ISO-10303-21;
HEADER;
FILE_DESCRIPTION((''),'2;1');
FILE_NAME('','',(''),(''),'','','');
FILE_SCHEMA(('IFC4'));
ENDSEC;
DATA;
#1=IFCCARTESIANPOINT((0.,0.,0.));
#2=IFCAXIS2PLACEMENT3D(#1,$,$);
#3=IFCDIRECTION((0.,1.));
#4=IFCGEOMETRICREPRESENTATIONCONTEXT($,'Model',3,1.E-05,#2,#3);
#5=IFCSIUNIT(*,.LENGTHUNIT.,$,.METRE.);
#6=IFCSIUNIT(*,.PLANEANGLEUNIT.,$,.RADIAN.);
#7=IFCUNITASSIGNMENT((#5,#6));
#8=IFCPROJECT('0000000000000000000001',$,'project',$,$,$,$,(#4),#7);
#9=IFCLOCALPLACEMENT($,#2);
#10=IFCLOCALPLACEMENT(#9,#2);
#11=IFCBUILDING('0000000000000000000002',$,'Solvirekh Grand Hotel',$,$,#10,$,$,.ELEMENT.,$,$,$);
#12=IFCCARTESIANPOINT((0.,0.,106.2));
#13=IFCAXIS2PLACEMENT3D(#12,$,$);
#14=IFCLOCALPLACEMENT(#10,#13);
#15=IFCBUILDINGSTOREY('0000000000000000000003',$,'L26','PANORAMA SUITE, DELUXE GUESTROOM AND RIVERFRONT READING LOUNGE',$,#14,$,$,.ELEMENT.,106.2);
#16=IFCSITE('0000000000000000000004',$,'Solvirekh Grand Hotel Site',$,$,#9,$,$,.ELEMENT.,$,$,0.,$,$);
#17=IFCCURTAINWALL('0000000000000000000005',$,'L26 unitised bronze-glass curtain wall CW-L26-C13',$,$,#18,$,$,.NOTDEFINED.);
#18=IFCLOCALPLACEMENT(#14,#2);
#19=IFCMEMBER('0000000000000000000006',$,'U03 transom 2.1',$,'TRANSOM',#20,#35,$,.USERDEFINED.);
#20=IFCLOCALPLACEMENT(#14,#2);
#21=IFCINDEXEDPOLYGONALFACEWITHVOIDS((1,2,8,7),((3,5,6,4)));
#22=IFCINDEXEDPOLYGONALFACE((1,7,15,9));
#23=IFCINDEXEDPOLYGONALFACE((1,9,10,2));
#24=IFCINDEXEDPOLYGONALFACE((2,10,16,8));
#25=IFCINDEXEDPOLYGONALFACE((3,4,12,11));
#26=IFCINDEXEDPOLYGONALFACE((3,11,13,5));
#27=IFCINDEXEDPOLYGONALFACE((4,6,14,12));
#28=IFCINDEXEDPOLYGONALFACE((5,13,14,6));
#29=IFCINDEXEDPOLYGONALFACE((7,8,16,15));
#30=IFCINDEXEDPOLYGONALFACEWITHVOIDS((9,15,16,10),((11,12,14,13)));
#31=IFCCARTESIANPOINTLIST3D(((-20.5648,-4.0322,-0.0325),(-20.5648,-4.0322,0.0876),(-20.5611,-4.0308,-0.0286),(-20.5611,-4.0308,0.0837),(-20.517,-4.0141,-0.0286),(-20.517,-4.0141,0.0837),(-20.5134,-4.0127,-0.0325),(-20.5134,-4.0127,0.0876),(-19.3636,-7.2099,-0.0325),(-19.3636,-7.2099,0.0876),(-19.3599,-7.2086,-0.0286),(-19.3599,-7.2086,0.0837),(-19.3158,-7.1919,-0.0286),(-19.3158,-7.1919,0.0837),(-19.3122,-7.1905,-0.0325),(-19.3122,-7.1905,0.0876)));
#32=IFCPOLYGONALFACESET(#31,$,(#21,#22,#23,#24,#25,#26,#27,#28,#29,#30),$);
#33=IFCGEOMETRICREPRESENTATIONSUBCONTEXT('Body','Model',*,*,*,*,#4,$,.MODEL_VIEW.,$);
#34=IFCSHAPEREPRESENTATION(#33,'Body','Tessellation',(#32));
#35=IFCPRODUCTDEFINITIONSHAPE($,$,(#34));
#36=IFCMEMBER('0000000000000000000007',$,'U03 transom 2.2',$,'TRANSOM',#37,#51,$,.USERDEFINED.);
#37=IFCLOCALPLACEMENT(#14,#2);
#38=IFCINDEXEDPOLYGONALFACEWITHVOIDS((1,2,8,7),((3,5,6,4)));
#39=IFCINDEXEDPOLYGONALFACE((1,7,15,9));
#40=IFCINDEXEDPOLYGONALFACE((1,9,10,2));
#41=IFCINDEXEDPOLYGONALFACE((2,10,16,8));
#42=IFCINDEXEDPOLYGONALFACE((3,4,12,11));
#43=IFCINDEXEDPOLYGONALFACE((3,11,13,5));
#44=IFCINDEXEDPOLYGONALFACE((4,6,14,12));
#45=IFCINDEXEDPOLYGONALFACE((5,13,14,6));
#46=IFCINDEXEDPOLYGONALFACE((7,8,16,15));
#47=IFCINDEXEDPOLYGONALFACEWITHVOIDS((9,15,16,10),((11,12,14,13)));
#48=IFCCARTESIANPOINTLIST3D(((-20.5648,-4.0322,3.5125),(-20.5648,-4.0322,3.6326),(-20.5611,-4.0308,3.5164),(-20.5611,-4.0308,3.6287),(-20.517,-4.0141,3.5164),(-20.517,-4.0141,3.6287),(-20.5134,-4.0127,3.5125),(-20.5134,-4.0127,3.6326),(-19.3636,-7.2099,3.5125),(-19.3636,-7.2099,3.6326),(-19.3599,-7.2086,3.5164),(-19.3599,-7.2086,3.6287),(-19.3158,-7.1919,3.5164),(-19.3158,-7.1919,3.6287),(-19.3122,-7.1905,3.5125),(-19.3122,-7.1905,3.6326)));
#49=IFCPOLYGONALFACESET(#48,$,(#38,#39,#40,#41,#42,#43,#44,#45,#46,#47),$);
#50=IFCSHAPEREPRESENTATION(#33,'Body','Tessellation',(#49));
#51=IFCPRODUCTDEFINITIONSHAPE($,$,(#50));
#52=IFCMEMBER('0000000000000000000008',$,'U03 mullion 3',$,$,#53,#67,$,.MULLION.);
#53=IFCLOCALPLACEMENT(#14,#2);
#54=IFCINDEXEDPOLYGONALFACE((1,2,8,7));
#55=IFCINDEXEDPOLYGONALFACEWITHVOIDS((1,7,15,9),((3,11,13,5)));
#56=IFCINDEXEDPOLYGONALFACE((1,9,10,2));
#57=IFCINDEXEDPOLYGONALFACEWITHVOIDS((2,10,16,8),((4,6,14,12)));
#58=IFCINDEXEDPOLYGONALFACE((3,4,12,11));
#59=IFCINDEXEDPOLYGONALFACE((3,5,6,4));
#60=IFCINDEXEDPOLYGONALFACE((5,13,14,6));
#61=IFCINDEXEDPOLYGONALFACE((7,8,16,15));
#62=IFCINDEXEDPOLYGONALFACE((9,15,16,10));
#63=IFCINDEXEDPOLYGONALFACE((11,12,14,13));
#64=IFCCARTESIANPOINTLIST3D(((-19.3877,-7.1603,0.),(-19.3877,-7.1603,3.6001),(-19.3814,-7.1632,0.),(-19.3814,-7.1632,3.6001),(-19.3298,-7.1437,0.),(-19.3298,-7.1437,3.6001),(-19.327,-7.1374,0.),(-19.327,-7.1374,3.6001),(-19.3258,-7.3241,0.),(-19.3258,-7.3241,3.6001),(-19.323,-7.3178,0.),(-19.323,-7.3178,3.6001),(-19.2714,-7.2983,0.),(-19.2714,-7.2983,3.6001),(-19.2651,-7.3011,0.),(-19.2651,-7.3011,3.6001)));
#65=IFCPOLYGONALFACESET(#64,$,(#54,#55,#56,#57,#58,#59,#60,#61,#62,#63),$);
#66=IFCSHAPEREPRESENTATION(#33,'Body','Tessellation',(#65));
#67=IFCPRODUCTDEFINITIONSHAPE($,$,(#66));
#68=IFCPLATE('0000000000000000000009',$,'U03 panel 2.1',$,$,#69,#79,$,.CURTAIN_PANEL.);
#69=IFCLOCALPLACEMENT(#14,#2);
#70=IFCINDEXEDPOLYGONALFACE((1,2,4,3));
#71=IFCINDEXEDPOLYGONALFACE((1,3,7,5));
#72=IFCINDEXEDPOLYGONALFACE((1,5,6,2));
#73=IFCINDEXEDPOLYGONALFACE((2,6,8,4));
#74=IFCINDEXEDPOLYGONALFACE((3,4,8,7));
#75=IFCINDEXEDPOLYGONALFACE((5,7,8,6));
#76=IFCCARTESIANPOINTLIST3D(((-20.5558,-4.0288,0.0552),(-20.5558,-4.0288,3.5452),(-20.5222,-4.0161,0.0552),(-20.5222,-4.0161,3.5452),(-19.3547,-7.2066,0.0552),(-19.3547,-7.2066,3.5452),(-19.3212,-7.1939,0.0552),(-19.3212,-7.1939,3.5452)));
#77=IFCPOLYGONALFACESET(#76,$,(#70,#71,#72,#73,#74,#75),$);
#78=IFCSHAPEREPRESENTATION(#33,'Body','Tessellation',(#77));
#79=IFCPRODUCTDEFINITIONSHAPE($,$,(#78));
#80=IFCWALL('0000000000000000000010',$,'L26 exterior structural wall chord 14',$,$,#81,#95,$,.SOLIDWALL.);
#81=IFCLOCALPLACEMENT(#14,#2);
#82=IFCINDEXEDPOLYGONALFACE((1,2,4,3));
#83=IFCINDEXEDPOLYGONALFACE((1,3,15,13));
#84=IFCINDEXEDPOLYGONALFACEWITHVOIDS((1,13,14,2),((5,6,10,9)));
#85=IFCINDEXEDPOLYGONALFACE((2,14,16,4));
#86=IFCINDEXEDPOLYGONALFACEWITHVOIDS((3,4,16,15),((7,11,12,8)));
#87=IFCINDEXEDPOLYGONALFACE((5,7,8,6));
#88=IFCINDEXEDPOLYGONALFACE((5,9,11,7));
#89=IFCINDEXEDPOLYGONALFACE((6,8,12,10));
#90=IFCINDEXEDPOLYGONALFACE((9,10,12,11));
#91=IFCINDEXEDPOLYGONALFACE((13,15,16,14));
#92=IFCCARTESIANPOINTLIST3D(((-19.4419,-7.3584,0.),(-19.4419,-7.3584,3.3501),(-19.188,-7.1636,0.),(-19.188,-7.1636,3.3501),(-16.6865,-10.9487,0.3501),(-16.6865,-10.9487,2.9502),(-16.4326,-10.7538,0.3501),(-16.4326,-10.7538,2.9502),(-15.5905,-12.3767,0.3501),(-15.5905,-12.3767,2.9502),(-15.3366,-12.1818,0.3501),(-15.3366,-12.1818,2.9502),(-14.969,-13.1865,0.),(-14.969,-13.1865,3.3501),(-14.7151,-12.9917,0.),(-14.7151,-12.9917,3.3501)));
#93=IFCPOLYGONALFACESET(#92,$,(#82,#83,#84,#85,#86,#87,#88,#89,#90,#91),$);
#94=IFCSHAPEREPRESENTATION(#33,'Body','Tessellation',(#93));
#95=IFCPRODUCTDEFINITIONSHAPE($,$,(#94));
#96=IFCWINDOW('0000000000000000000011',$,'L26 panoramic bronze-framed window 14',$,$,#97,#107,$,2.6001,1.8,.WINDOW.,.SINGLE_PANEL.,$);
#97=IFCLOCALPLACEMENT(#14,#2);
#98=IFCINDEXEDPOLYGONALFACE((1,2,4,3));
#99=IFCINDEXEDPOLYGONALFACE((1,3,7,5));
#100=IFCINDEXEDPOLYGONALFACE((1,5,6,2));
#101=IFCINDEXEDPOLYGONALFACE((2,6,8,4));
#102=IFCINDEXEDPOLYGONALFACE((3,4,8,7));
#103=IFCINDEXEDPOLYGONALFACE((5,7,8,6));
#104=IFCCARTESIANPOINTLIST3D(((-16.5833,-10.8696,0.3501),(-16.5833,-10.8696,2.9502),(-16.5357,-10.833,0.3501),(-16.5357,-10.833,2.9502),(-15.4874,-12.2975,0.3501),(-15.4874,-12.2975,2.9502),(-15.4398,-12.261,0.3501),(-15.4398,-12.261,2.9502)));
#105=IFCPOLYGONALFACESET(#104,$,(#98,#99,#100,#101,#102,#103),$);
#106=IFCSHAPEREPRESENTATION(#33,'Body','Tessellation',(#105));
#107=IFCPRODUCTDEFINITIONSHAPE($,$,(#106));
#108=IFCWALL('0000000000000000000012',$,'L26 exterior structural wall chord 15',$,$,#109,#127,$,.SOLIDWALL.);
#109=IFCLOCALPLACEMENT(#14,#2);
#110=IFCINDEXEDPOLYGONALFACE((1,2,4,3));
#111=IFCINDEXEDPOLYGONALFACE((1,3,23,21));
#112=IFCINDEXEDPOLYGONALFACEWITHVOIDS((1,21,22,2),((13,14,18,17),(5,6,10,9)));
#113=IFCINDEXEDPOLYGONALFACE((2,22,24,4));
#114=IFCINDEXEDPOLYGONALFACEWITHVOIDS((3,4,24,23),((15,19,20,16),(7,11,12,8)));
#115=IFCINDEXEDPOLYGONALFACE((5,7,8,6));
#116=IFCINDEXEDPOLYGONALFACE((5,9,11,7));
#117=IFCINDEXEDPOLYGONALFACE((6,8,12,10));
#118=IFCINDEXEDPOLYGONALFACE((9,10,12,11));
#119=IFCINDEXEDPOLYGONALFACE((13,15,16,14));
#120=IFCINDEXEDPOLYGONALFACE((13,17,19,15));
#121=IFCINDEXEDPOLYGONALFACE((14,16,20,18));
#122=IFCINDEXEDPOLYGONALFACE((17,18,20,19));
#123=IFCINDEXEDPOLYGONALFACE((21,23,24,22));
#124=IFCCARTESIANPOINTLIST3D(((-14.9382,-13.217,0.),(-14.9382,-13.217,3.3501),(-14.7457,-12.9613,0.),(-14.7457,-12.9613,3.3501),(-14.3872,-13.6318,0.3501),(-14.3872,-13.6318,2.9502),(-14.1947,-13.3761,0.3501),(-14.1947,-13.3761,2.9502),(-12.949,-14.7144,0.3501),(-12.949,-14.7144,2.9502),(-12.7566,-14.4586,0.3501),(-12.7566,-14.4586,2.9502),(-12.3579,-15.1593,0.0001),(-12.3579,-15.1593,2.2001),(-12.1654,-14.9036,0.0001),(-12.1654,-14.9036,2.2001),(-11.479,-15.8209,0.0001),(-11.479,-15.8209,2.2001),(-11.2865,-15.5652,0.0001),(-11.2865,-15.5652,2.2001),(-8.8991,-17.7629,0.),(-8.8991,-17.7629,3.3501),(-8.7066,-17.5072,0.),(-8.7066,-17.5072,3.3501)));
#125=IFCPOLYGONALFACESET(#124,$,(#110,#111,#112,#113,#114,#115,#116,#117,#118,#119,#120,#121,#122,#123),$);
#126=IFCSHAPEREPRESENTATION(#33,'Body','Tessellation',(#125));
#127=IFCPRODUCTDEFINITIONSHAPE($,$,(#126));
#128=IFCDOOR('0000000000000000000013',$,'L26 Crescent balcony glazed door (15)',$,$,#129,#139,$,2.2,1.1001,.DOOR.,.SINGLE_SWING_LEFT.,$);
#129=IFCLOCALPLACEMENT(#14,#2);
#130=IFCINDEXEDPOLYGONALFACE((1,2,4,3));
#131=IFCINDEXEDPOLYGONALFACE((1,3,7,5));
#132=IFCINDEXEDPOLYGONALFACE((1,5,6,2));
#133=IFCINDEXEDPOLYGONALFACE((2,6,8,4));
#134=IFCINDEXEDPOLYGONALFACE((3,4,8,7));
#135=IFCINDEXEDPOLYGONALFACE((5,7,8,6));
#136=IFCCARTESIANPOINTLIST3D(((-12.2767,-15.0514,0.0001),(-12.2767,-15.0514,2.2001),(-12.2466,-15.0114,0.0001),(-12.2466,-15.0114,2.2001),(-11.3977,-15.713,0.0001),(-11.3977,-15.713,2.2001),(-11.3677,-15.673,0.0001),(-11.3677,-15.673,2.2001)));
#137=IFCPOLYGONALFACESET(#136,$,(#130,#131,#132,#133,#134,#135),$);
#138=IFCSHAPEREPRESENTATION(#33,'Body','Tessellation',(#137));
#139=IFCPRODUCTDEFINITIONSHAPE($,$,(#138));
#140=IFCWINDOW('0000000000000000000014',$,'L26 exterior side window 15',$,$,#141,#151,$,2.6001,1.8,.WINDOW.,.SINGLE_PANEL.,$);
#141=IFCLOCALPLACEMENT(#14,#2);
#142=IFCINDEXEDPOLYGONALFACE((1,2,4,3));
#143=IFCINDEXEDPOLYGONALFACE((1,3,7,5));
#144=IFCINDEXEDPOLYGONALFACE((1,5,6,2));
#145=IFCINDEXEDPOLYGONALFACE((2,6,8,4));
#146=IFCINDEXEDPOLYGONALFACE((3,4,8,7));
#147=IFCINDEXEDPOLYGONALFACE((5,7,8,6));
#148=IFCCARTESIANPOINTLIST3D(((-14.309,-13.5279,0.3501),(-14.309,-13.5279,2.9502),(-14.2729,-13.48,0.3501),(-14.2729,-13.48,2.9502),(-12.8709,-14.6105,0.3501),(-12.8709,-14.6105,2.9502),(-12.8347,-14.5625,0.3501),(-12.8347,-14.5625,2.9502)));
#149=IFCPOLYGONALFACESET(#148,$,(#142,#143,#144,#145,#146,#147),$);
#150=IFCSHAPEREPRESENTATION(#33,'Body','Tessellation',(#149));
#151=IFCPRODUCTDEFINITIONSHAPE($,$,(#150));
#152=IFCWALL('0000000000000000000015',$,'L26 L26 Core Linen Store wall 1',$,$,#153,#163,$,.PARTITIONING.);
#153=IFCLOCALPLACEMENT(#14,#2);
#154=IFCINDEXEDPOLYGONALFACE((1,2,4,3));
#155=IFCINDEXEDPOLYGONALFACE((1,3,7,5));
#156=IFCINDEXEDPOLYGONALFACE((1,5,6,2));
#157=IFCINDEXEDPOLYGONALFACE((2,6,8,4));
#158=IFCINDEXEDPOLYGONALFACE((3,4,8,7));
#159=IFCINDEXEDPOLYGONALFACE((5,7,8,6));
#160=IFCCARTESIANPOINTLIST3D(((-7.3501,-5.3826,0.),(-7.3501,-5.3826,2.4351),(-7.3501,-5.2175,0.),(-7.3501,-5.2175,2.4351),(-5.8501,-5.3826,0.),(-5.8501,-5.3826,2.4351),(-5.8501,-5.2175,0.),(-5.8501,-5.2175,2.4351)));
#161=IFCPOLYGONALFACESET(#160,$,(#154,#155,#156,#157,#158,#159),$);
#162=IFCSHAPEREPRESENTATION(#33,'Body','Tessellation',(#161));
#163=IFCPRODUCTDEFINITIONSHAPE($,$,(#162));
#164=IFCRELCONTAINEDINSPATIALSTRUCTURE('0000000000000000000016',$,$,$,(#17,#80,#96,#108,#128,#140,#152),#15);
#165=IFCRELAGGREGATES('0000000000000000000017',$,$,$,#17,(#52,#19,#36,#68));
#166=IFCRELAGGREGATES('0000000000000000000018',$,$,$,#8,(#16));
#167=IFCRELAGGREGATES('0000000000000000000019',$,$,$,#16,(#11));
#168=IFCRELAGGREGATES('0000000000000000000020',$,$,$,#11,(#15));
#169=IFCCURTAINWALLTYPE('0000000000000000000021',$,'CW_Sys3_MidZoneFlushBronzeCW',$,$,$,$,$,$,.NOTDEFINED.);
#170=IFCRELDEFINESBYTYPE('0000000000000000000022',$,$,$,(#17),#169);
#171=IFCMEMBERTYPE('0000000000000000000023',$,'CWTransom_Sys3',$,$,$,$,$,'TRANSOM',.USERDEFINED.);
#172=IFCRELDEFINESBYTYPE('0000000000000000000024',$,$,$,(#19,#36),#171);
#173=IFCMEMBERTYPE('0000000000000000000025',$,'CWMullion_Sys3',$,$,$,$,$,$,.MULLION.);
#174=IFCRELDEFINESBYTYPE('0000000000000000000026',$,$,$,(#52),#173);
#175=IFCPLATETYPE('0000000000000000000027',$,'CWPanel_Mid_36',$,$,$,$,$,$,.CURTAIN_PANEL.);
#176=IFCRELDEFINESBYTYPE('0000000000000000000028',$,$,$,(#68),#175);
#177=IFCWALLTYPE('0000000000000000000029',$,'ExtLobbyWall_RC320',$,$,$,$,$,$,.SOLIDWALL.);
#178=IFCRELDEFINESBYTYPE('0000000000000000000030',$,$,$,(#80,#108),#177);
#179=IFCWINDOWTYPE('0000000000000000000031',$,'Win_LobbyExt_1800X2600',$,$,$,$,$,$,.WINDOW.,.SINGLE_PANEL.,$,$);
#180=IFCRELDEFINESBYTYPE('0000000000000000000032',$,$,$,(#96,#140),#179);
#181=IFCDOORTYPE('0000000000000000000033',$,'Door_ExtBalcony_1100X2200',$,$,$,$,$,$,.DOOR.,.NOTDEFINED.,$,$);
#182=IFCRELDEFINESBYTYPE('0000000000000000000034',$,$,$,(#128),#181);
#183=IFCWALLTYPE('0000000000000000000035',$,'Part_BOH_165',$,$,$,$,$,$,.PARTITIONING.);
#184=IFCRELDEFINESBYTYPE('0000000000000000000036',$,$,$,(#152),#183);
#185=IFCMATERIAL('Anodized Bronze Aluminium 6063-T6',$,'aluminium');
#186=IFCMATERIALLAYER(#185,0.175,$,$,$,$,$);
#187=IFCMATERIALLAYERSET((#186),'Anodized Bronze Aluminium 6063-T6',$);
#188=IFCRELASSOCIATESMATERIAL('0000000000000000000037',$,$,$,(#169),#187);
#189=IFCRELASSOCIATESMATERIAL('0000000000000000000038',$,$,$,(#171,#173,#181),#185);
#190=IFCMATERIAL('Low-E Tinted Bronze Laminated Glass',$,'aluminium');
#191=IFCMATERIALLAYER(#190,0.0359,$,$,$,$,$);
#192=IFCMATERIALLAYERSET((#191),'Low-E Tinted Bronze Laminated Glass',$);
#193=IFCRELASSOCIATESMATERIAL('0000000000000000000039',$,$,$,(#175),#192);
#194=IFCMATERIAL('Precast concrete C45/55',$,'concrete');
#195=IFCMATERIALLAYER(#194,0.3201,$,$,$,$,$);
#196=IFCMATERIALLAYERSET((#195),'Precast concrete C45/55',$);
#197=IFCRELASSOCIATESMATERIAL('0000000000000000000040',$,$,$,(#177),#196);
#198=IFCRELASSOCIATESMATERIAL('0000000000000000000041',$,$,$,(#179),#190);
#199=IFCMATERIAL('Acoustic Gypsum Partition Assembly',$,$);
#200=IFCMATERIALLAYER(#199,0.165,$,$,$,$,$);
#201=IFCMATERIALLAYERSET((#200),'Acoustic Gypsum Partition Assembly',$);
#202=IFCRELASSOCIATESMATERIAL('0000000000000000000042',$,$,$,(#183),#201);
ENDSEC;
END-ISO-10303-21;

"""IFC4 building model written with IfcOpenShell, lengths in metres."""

from ifc_helpers import new_model, si_unit, direction, frame, frame_2d, origin, origin_2d, place, context, subcontext, project, spatial, rectangle, hollow_rectangle, extrude, source, transform, mapped, material, layer, layer_set, material_profile, profile_set, type_object, element, fill, aggregate, save


model = new_model("IFC4")

# Units and contexts
model_context = context("Model", 3, precision=1e-05, world=origin(), true_north=direction((0.0, 1.0)))
body_context = subcontext(model_context, "Body", "Model", "MODEL_VIEW")
ifc_project = project(units=[si_unit("LENGTHUNIT", "METRE"), si_unit("PLANEANGLEUNIT", "RADIAN")], contexts=[model_context])

# Site, building, storey
site_placement = place(None, origin())
site = spatial("IfcSite", under=ifc_project, at=site_placement, Name="Solvirekh Grand Hotel Site", CompositionType="ELEMENT", RefElevation=0.0)
building_placement = place(site_placement, origin())
building = spatial("IfcBuilding", under=site, at=building_placement, Name="Solvirekh Grand Hotel", CompositionType="ELEMENT")
storey_placement = place(building_placement, frame((0.0, 0.0, 106.2)))
storey = spatial("IfcBuildingStorey", under=building, at=storey_placement, Name="L26", Description="PANORAMA SUITE, DELUXE GUESTROOM AND RIVERFRONT READING LOUNGE", CompositionType="ELEMENT", Elevation=106.2)

# Curtain wall, members, plate
ifc_material_1 = material(Name="Anodized Bronze Aluminium 6063-T6", Category="aluminium")
ifc_layer_1 = layer(ifc_material_1, 0.175)
ifc_layer_set_1 = layer_set([ifc_layer_1], Name="Anodized Bronze Aluminium 6063-T6")
curtain_wall_type = type_object("IfcCurtainWallType", Name="CW_Sys3_MidZoneFlushBronzeCW", PredefinedType="NOTDEFINED", material=ifc_layer_set_1)
curtain_wall_placement = place(storey_placement, origin())
curtain_wall = element("IfcCurtainWall", 1, at=curtain_wall_placement, inside=storey, type_object=curtain_wall_type, Name="L26 unitised bronze-glass curtain wall CW-L26-C13", PredefinedType="NOTDEFINED")
ifc_material_profile_1 = material_profile(ifc_material_1, hollow_rectangle(XDim=0.0549, YDim=0.1201, WallThickness=0.0039, at=origin_2d()), Name="ALU RHS 120X55X4")
ifc_profile_set_1 = profile_set([ifc_material_profile_1], Name="Anodized Bronze Aluminium 6063-T6")
member_type_1 = type_object("IfcMemberType", Name="CWTransom_Sys3", ElementType="TRANSOM", PredefinedType="USERDEFINED", material=ifc_profile_set_1)
shared_shape_1 = source(origin(), body_context, "Body", "SweptSolid", [
    extrude(hollow_rectangle(XDim=0.0549, YDim=0.1201, WallThickness=0.0039, at=origin_2d()), origin(), (0.0, 0.0, 1.0), 3.3972),
])
member_1_placement = place(storey_placement, frame((-20.5391, -4.0225, 0.0276), z_axis=(0.353579, -0.935404, 0.0), x_axis=(0.935404, 0.353579, 0.0)))
member_1 = element("IfcMember", 2, at=member_1_placement, type_object=member_type_1, Name="U03 transom 2.1", ObjectType="TRANSOM", PredefinedType="USERDEFINED", context=body_context, shape_type="MappedRepresentation", body=[
    mapped(shared_shape_1, transform((0.0, 0.0, 0.0), x_axis=(1.0, 0.0, 0.0), y_axis=(0.0, 1.0, 0.0), z_axis=(0.0, 0.0, 1.0), scale=1.0)),
])
member_2_placement = place(storey_placement, frame((-20.5391, -4.0225, 3.5725), z_axis=(0.353579, -0.935404, 0.0), x_axis=(0.935404, 0.353579, 0.0)))
member_2 = element("IfcMember", 3, at=member_2_placement, type_object=member_type_1, Name="U03 transom 2.2", ObjectType="TRANSOM", PredefinedType="USERDEFINED", context=body_context, shape_type="MappedRepresentation", body=[
    mapped(shared_shape_1, transform((0.0, 0.0, 0.0), x_axis=(1.0, 0.0, 0.0), y_axis=(0.0, 1.0, 0.0), z_axis=(0.0, 0.0, 1.0), scale=1.0)),
])
ifc_material_profile_2 = material_profile(ifc_material_1, hollow_rectangle(XDim=0.0649, YDim=0.175, WallThickness=0.0049, at=origin_2d()), Name="ALU RHS 175X65X5")
ifc_profile_set_2 = profile_set([ifc_material_profile_2], Name="Anodized Bronze Aluminium 6063-T6")
member_type_2 = type_object("IfcMemberType", Name="CWMullion_Sys3", PredefinedType="MULLION", material=ifc_profile_set_2)
shared_shape_2 = source(origin(), body_context, "Body", "SweptSolid", [
    extrude(hollow_rectangle(XDim=0.0649, YDim=0.175, WallThickness=0.0049, at=origin_2d()), origin(), (0.0, 0.0, 1.0), 3.6001),
])
member_3_placement = place(storey_placement, frame((-19.3264, -7.2307, 0.0), z_axis=(0.0, 0.0, 1.0), x_axis=(0.935421, 0.353537, 0.0)))
member_3 = element("IfcMember", 4, at=member_3_placement, type_object=member_type_2, Name="U03 mullion 3", PredefinedType="MULLION", context=body_context, shape_type="MappedRepresentation", body=[
    mapped(shared_shape_2, transform((0.0, 0.0, 0.0), x_axis=(1.0, 0.0, 0.0), y_axis=(0.0, 1.0, 0.0), z_axis=(0.0, 0.0, 1.0), scale=1.0)),
])
ifc_material_2 = material(Name="Low-E Tinted Bronze Laminated Glass", Category="aluminium")
ifc_layer_2 = layer(ifc_material_2, 0.0359)
ifc_layer_set_2 = layer_set([ifc_layer_2], Name="Low-E Tinted Bronze Laminated Glass")
plate_type = type_object("IfcPlateType", Name="CWPanel_Mid_36", PredefinedType="CURTAIN_PANEL", material=ifc_layer_set_2)
shared_shape_3 = source(origin(), body_context, "Body", "SweptSolid", [
    extrude(rectangle(XDim=3.3972, YDim=0.0359, at=origin_2d()), origin(), (0.0, 0.0, 1.0), 3.49),
])
plate_placement = place(storey_placement, frame((-19.9385, -5.6113, 0.0552), z_axis=(0.0, 0.0, 1.0), x_axis=(0.353537, -0.935421, 0.0)))
plate = element("IfcPlate", 5, at=plate_placement, type_object=plate_type, Name="U03 panel 2.1", PredefinedType="CURTAIN_PANEL", context=body_context, shape_type="MappedRepresentation", body=[
    mapped(shared_shape_3, transform((0.0, 0.0, 0.0), x_axis=(1.0, 0.0, 0.0), y_axis=(0.0, 1.0, 0.0), z_axis=(0.0, 0.0, 1.0), scale=1.0)),
])
aggregate(curtain_wall, [member_3, member_1, member_2, plate])

# Wall, opening, window
ifc_material_3 = material(Name="Precast concrete C45/55", Category="concrete")
ifc_layer_3 = layer(ifc_material_3, 0.3201)
ifc_layer_set_3 = layer_set([ifc_layer_3], Name="Precast concrete C45/55")
wall_type_1 = type_object("IfcWallType", Name="ExtLobbyWall_RC320", PredefinedType="SOLIDWALL", material=ifc_layer_set_3)
wall_1_placement = place(storey_placement, frame((-14.842, -13.0891, 0.0), z_axis=(0.0, 0.0, 1.0), x_axis=(-0.608832, 0.793299, 0.0)))
wall_1 = element("IfcWall", 6, at=wall_1_placement, inside=storey, type_object=wall_type_1, Name="L26 exterior structural wall chord 14", PredefinedType="SOLIDWALL", context=body_context, shape_type="SweptSolid", body=[
    extrude(rectangle(XDim=7.3467, YDim=0.3201, at=frame_2d((3.6733, 0.0))), origin(), (0.0, 0.0, 1.0), 3.3501),
])
opening_1_placement = place(wall_1_placement, frame((1.021, 0.0, 0.3501)))
opening_1 = element("IfcOpeningElement", 7, at=opening_1_placement, cuts=wall_1, PredefinedType="OPENING", context=body_context, shape_type="SweptSolid", body=[
    extrude(rectangle(XDim=1.8, YDim=2.6001, at=frame_2d((0.8999, 1.3))), frame((0.0, 0.1699, 0.0), z_axis=(0.0, -1.0, 0.0), x_axis=(1.0, 0.0, 0.0)), (0.0, 0.0, 1.0), 0.3401),
])
window_type = type_object("IfcWindowType", Name="Win_LobbyExt_1800X2600", PartitioningType="SINGLE_PANEL", PredefinedType="WINDOW", material=ifc_material_2)
window_1_placement = place(opening_1_placement, origin())
window_1 = element("IfcWindow", 8, at=window_1_placement, inside=storey, type_object=window_type, Name="L26 panoramic bronze-framed window 14", OverallHeight=2.6001, OverallWidth=1.8, PartitioningType="SINGLE_PANEL", PredefinedType="WINDOW", context=body_context, shape_type="SweptSolid", body=[
    extrude(rectangle(XDim=1.8, YDim=2.6001, at=frame_2d((0.8999, 1.3))), frame((0.0, 0.03, 0.0), z_axis=(0.0, -1.0, 0.0), x_axis=(1.0, 0.0, 0.0)), (0.0, 0.0, 1.0), 0.0601),
])
fill(opening_1, window_1)

# Wall, openings, door, window
wall_2_placement = place(storey_placement, frame((-8.803, -17.635, 0.0), z_axis=(0.0, 0.0, 1.0), x_axis=(-0.798945, 0.601405, 0.0)))
wall_2 = element("IfcWall", 9, at=wall_2_placement, inside=storey, type_object=wall_type_1, Name="L26 exterior structural wall chord 15", PredefinedType="SOLIDWALL", context=body_context, shape_type="SweptSolid", body=[
    extrude(rectangle(XDim=7.5588, YDim=0.3201, at=frame_2d((3.7793, 0.0))), origin(), (0.0, 0.0, 1.0), 3.3501),
])
opening_2_placement = place(wall_2_placement, frame((5.0691, 0.0, 0.3501)))
opening_2 = element("IfcOpeningElement", 10, at=opening_2_placement, cuts=wall_2, PredefinedType="OPENING", context=body_context, shape_type="SweptSolid", body=[
    extrude(rectangle(XDim=1.8, YDim=2.6001, at=frame_2d((0.8999, 1.3))), frame((0.0, 0.1699, 0.0), z_axis=(0.0, -1.0, 0.0), x_axis=(1.0, 0.0, 0.0)), (0.0, 0.0, 1.0), 0.3401),
])
opening_3_placement = place(wall_2_placement, frame((3.229, 0.0, 0.0)))
opening_3 = element("IfcOpeningElement", 11, at=opening_3_placement, cuts=wall_2, PredefinedType="OPENING", context=body_context, shape_type="SweptSolid", body=[
    extrude(rectangle(XDim=1.1001, YDim=2.2, at=frame_2d((0.55, 1.1001))), frame((0.0, 0.1699, 0.0), z_axis=(0.0, -1.0, 0.0), x_axis=(1.0, 0.0, 0.0)), (0.0, 0.0, 1.0), 0.3401),
])
door_type_1 = type_object("IfcDoorType", Name="Door_ExtBalcony_1100X2200", OperationType="NOTDEFINED", PredefinedType="DOOR", material=ifc_material_1)
door_1_placement = place(opening_3_placement, origin())
door_1 = element("IfcDoor", 12, at=door_1_placement, inside=storey, type_object=door_type_1, Name="L26 Crescent balcony glazed door (15)", OperationType="SINGLE_SWING_LEFT", OverallHeight=2.2, OverallWidth=1.1001, PredefinedType="DOOR", context=body_context, shape_type="SweptSolid", body=[
    extrude(rectangle(XDim=1.1001, YDim=2.2, at=frame_2d((0.55, 1.1001))), frame((0.0, 0.0249, 0.0), z_axis=(0.0, -1.0, 0.0), x_axis=(1.0, 0.0, 0.0)), (0.0, 0.0, 1.0), 0.05),
])
fill(opening_3, door_1)
window_2_placement = place(opening_2_placement, origin())
window_2 = element("IfcWindow", 13, at=window_2_placement, inside=storey, type_object=window_type, Name="L26 exterior side window 15", OverallHeight=2.6001, OverallWidth=1.8, PartitioningType="SINGLE_PANEL", PredefinedType="WINDOW", context=body_context, shape_type="SweptSolid", body=[
    extrude(rectangle(XDim=1.8, YDim=2.6001, at=frame_2d((0.8999, 1.3))), frame((0.0, 0.03, 0.0), z_axis=(0.0, -1.0, 0.0), x_axis=(1.0, 0.0, 0.0)), (0.0, 0.0, 1.0), 0.0601),
])
fill(opening_2, window_2)

# Wall
ifc_material_4 = material(Name="Acoustic Gypsum Partition Assembly")
ifc_layer_4 = layer(ifc_material_4, 0.165)
ifc_layer_set_4 = layer_set([ifc_layer_4], Name="Acoustic Gypsum Partition Assembly")
wall_type_2 = type_object("IfcWallType", Name="Part_BOH_165", PredefinedType="PARTITIONING", material=ifc_layer_set_4)
wall_3_placement = place(storey_placement, frame((-7.3501, -5.3, 0.0), z_axis=(0.0, 0.0, 1.0), x_axis=(1.0, 0.0, 0.0)))
element("IfcWall", 14, at=wall_3_placement, inside=storey, type_object=wall_type_2, Name="L26 L26 Core Linen Store wall 1", PredefinedType="PARTITIONING", context=body_context, shape_type="SweptSolid", body=[
    extrude(rectangle(XDim=1.5, YDim=0.165, at=frame_2d((0.75, 0.0))), origin(), (0.0, 0.0, 1.0), 2.4351),
])

save(model, "model.ifc")
